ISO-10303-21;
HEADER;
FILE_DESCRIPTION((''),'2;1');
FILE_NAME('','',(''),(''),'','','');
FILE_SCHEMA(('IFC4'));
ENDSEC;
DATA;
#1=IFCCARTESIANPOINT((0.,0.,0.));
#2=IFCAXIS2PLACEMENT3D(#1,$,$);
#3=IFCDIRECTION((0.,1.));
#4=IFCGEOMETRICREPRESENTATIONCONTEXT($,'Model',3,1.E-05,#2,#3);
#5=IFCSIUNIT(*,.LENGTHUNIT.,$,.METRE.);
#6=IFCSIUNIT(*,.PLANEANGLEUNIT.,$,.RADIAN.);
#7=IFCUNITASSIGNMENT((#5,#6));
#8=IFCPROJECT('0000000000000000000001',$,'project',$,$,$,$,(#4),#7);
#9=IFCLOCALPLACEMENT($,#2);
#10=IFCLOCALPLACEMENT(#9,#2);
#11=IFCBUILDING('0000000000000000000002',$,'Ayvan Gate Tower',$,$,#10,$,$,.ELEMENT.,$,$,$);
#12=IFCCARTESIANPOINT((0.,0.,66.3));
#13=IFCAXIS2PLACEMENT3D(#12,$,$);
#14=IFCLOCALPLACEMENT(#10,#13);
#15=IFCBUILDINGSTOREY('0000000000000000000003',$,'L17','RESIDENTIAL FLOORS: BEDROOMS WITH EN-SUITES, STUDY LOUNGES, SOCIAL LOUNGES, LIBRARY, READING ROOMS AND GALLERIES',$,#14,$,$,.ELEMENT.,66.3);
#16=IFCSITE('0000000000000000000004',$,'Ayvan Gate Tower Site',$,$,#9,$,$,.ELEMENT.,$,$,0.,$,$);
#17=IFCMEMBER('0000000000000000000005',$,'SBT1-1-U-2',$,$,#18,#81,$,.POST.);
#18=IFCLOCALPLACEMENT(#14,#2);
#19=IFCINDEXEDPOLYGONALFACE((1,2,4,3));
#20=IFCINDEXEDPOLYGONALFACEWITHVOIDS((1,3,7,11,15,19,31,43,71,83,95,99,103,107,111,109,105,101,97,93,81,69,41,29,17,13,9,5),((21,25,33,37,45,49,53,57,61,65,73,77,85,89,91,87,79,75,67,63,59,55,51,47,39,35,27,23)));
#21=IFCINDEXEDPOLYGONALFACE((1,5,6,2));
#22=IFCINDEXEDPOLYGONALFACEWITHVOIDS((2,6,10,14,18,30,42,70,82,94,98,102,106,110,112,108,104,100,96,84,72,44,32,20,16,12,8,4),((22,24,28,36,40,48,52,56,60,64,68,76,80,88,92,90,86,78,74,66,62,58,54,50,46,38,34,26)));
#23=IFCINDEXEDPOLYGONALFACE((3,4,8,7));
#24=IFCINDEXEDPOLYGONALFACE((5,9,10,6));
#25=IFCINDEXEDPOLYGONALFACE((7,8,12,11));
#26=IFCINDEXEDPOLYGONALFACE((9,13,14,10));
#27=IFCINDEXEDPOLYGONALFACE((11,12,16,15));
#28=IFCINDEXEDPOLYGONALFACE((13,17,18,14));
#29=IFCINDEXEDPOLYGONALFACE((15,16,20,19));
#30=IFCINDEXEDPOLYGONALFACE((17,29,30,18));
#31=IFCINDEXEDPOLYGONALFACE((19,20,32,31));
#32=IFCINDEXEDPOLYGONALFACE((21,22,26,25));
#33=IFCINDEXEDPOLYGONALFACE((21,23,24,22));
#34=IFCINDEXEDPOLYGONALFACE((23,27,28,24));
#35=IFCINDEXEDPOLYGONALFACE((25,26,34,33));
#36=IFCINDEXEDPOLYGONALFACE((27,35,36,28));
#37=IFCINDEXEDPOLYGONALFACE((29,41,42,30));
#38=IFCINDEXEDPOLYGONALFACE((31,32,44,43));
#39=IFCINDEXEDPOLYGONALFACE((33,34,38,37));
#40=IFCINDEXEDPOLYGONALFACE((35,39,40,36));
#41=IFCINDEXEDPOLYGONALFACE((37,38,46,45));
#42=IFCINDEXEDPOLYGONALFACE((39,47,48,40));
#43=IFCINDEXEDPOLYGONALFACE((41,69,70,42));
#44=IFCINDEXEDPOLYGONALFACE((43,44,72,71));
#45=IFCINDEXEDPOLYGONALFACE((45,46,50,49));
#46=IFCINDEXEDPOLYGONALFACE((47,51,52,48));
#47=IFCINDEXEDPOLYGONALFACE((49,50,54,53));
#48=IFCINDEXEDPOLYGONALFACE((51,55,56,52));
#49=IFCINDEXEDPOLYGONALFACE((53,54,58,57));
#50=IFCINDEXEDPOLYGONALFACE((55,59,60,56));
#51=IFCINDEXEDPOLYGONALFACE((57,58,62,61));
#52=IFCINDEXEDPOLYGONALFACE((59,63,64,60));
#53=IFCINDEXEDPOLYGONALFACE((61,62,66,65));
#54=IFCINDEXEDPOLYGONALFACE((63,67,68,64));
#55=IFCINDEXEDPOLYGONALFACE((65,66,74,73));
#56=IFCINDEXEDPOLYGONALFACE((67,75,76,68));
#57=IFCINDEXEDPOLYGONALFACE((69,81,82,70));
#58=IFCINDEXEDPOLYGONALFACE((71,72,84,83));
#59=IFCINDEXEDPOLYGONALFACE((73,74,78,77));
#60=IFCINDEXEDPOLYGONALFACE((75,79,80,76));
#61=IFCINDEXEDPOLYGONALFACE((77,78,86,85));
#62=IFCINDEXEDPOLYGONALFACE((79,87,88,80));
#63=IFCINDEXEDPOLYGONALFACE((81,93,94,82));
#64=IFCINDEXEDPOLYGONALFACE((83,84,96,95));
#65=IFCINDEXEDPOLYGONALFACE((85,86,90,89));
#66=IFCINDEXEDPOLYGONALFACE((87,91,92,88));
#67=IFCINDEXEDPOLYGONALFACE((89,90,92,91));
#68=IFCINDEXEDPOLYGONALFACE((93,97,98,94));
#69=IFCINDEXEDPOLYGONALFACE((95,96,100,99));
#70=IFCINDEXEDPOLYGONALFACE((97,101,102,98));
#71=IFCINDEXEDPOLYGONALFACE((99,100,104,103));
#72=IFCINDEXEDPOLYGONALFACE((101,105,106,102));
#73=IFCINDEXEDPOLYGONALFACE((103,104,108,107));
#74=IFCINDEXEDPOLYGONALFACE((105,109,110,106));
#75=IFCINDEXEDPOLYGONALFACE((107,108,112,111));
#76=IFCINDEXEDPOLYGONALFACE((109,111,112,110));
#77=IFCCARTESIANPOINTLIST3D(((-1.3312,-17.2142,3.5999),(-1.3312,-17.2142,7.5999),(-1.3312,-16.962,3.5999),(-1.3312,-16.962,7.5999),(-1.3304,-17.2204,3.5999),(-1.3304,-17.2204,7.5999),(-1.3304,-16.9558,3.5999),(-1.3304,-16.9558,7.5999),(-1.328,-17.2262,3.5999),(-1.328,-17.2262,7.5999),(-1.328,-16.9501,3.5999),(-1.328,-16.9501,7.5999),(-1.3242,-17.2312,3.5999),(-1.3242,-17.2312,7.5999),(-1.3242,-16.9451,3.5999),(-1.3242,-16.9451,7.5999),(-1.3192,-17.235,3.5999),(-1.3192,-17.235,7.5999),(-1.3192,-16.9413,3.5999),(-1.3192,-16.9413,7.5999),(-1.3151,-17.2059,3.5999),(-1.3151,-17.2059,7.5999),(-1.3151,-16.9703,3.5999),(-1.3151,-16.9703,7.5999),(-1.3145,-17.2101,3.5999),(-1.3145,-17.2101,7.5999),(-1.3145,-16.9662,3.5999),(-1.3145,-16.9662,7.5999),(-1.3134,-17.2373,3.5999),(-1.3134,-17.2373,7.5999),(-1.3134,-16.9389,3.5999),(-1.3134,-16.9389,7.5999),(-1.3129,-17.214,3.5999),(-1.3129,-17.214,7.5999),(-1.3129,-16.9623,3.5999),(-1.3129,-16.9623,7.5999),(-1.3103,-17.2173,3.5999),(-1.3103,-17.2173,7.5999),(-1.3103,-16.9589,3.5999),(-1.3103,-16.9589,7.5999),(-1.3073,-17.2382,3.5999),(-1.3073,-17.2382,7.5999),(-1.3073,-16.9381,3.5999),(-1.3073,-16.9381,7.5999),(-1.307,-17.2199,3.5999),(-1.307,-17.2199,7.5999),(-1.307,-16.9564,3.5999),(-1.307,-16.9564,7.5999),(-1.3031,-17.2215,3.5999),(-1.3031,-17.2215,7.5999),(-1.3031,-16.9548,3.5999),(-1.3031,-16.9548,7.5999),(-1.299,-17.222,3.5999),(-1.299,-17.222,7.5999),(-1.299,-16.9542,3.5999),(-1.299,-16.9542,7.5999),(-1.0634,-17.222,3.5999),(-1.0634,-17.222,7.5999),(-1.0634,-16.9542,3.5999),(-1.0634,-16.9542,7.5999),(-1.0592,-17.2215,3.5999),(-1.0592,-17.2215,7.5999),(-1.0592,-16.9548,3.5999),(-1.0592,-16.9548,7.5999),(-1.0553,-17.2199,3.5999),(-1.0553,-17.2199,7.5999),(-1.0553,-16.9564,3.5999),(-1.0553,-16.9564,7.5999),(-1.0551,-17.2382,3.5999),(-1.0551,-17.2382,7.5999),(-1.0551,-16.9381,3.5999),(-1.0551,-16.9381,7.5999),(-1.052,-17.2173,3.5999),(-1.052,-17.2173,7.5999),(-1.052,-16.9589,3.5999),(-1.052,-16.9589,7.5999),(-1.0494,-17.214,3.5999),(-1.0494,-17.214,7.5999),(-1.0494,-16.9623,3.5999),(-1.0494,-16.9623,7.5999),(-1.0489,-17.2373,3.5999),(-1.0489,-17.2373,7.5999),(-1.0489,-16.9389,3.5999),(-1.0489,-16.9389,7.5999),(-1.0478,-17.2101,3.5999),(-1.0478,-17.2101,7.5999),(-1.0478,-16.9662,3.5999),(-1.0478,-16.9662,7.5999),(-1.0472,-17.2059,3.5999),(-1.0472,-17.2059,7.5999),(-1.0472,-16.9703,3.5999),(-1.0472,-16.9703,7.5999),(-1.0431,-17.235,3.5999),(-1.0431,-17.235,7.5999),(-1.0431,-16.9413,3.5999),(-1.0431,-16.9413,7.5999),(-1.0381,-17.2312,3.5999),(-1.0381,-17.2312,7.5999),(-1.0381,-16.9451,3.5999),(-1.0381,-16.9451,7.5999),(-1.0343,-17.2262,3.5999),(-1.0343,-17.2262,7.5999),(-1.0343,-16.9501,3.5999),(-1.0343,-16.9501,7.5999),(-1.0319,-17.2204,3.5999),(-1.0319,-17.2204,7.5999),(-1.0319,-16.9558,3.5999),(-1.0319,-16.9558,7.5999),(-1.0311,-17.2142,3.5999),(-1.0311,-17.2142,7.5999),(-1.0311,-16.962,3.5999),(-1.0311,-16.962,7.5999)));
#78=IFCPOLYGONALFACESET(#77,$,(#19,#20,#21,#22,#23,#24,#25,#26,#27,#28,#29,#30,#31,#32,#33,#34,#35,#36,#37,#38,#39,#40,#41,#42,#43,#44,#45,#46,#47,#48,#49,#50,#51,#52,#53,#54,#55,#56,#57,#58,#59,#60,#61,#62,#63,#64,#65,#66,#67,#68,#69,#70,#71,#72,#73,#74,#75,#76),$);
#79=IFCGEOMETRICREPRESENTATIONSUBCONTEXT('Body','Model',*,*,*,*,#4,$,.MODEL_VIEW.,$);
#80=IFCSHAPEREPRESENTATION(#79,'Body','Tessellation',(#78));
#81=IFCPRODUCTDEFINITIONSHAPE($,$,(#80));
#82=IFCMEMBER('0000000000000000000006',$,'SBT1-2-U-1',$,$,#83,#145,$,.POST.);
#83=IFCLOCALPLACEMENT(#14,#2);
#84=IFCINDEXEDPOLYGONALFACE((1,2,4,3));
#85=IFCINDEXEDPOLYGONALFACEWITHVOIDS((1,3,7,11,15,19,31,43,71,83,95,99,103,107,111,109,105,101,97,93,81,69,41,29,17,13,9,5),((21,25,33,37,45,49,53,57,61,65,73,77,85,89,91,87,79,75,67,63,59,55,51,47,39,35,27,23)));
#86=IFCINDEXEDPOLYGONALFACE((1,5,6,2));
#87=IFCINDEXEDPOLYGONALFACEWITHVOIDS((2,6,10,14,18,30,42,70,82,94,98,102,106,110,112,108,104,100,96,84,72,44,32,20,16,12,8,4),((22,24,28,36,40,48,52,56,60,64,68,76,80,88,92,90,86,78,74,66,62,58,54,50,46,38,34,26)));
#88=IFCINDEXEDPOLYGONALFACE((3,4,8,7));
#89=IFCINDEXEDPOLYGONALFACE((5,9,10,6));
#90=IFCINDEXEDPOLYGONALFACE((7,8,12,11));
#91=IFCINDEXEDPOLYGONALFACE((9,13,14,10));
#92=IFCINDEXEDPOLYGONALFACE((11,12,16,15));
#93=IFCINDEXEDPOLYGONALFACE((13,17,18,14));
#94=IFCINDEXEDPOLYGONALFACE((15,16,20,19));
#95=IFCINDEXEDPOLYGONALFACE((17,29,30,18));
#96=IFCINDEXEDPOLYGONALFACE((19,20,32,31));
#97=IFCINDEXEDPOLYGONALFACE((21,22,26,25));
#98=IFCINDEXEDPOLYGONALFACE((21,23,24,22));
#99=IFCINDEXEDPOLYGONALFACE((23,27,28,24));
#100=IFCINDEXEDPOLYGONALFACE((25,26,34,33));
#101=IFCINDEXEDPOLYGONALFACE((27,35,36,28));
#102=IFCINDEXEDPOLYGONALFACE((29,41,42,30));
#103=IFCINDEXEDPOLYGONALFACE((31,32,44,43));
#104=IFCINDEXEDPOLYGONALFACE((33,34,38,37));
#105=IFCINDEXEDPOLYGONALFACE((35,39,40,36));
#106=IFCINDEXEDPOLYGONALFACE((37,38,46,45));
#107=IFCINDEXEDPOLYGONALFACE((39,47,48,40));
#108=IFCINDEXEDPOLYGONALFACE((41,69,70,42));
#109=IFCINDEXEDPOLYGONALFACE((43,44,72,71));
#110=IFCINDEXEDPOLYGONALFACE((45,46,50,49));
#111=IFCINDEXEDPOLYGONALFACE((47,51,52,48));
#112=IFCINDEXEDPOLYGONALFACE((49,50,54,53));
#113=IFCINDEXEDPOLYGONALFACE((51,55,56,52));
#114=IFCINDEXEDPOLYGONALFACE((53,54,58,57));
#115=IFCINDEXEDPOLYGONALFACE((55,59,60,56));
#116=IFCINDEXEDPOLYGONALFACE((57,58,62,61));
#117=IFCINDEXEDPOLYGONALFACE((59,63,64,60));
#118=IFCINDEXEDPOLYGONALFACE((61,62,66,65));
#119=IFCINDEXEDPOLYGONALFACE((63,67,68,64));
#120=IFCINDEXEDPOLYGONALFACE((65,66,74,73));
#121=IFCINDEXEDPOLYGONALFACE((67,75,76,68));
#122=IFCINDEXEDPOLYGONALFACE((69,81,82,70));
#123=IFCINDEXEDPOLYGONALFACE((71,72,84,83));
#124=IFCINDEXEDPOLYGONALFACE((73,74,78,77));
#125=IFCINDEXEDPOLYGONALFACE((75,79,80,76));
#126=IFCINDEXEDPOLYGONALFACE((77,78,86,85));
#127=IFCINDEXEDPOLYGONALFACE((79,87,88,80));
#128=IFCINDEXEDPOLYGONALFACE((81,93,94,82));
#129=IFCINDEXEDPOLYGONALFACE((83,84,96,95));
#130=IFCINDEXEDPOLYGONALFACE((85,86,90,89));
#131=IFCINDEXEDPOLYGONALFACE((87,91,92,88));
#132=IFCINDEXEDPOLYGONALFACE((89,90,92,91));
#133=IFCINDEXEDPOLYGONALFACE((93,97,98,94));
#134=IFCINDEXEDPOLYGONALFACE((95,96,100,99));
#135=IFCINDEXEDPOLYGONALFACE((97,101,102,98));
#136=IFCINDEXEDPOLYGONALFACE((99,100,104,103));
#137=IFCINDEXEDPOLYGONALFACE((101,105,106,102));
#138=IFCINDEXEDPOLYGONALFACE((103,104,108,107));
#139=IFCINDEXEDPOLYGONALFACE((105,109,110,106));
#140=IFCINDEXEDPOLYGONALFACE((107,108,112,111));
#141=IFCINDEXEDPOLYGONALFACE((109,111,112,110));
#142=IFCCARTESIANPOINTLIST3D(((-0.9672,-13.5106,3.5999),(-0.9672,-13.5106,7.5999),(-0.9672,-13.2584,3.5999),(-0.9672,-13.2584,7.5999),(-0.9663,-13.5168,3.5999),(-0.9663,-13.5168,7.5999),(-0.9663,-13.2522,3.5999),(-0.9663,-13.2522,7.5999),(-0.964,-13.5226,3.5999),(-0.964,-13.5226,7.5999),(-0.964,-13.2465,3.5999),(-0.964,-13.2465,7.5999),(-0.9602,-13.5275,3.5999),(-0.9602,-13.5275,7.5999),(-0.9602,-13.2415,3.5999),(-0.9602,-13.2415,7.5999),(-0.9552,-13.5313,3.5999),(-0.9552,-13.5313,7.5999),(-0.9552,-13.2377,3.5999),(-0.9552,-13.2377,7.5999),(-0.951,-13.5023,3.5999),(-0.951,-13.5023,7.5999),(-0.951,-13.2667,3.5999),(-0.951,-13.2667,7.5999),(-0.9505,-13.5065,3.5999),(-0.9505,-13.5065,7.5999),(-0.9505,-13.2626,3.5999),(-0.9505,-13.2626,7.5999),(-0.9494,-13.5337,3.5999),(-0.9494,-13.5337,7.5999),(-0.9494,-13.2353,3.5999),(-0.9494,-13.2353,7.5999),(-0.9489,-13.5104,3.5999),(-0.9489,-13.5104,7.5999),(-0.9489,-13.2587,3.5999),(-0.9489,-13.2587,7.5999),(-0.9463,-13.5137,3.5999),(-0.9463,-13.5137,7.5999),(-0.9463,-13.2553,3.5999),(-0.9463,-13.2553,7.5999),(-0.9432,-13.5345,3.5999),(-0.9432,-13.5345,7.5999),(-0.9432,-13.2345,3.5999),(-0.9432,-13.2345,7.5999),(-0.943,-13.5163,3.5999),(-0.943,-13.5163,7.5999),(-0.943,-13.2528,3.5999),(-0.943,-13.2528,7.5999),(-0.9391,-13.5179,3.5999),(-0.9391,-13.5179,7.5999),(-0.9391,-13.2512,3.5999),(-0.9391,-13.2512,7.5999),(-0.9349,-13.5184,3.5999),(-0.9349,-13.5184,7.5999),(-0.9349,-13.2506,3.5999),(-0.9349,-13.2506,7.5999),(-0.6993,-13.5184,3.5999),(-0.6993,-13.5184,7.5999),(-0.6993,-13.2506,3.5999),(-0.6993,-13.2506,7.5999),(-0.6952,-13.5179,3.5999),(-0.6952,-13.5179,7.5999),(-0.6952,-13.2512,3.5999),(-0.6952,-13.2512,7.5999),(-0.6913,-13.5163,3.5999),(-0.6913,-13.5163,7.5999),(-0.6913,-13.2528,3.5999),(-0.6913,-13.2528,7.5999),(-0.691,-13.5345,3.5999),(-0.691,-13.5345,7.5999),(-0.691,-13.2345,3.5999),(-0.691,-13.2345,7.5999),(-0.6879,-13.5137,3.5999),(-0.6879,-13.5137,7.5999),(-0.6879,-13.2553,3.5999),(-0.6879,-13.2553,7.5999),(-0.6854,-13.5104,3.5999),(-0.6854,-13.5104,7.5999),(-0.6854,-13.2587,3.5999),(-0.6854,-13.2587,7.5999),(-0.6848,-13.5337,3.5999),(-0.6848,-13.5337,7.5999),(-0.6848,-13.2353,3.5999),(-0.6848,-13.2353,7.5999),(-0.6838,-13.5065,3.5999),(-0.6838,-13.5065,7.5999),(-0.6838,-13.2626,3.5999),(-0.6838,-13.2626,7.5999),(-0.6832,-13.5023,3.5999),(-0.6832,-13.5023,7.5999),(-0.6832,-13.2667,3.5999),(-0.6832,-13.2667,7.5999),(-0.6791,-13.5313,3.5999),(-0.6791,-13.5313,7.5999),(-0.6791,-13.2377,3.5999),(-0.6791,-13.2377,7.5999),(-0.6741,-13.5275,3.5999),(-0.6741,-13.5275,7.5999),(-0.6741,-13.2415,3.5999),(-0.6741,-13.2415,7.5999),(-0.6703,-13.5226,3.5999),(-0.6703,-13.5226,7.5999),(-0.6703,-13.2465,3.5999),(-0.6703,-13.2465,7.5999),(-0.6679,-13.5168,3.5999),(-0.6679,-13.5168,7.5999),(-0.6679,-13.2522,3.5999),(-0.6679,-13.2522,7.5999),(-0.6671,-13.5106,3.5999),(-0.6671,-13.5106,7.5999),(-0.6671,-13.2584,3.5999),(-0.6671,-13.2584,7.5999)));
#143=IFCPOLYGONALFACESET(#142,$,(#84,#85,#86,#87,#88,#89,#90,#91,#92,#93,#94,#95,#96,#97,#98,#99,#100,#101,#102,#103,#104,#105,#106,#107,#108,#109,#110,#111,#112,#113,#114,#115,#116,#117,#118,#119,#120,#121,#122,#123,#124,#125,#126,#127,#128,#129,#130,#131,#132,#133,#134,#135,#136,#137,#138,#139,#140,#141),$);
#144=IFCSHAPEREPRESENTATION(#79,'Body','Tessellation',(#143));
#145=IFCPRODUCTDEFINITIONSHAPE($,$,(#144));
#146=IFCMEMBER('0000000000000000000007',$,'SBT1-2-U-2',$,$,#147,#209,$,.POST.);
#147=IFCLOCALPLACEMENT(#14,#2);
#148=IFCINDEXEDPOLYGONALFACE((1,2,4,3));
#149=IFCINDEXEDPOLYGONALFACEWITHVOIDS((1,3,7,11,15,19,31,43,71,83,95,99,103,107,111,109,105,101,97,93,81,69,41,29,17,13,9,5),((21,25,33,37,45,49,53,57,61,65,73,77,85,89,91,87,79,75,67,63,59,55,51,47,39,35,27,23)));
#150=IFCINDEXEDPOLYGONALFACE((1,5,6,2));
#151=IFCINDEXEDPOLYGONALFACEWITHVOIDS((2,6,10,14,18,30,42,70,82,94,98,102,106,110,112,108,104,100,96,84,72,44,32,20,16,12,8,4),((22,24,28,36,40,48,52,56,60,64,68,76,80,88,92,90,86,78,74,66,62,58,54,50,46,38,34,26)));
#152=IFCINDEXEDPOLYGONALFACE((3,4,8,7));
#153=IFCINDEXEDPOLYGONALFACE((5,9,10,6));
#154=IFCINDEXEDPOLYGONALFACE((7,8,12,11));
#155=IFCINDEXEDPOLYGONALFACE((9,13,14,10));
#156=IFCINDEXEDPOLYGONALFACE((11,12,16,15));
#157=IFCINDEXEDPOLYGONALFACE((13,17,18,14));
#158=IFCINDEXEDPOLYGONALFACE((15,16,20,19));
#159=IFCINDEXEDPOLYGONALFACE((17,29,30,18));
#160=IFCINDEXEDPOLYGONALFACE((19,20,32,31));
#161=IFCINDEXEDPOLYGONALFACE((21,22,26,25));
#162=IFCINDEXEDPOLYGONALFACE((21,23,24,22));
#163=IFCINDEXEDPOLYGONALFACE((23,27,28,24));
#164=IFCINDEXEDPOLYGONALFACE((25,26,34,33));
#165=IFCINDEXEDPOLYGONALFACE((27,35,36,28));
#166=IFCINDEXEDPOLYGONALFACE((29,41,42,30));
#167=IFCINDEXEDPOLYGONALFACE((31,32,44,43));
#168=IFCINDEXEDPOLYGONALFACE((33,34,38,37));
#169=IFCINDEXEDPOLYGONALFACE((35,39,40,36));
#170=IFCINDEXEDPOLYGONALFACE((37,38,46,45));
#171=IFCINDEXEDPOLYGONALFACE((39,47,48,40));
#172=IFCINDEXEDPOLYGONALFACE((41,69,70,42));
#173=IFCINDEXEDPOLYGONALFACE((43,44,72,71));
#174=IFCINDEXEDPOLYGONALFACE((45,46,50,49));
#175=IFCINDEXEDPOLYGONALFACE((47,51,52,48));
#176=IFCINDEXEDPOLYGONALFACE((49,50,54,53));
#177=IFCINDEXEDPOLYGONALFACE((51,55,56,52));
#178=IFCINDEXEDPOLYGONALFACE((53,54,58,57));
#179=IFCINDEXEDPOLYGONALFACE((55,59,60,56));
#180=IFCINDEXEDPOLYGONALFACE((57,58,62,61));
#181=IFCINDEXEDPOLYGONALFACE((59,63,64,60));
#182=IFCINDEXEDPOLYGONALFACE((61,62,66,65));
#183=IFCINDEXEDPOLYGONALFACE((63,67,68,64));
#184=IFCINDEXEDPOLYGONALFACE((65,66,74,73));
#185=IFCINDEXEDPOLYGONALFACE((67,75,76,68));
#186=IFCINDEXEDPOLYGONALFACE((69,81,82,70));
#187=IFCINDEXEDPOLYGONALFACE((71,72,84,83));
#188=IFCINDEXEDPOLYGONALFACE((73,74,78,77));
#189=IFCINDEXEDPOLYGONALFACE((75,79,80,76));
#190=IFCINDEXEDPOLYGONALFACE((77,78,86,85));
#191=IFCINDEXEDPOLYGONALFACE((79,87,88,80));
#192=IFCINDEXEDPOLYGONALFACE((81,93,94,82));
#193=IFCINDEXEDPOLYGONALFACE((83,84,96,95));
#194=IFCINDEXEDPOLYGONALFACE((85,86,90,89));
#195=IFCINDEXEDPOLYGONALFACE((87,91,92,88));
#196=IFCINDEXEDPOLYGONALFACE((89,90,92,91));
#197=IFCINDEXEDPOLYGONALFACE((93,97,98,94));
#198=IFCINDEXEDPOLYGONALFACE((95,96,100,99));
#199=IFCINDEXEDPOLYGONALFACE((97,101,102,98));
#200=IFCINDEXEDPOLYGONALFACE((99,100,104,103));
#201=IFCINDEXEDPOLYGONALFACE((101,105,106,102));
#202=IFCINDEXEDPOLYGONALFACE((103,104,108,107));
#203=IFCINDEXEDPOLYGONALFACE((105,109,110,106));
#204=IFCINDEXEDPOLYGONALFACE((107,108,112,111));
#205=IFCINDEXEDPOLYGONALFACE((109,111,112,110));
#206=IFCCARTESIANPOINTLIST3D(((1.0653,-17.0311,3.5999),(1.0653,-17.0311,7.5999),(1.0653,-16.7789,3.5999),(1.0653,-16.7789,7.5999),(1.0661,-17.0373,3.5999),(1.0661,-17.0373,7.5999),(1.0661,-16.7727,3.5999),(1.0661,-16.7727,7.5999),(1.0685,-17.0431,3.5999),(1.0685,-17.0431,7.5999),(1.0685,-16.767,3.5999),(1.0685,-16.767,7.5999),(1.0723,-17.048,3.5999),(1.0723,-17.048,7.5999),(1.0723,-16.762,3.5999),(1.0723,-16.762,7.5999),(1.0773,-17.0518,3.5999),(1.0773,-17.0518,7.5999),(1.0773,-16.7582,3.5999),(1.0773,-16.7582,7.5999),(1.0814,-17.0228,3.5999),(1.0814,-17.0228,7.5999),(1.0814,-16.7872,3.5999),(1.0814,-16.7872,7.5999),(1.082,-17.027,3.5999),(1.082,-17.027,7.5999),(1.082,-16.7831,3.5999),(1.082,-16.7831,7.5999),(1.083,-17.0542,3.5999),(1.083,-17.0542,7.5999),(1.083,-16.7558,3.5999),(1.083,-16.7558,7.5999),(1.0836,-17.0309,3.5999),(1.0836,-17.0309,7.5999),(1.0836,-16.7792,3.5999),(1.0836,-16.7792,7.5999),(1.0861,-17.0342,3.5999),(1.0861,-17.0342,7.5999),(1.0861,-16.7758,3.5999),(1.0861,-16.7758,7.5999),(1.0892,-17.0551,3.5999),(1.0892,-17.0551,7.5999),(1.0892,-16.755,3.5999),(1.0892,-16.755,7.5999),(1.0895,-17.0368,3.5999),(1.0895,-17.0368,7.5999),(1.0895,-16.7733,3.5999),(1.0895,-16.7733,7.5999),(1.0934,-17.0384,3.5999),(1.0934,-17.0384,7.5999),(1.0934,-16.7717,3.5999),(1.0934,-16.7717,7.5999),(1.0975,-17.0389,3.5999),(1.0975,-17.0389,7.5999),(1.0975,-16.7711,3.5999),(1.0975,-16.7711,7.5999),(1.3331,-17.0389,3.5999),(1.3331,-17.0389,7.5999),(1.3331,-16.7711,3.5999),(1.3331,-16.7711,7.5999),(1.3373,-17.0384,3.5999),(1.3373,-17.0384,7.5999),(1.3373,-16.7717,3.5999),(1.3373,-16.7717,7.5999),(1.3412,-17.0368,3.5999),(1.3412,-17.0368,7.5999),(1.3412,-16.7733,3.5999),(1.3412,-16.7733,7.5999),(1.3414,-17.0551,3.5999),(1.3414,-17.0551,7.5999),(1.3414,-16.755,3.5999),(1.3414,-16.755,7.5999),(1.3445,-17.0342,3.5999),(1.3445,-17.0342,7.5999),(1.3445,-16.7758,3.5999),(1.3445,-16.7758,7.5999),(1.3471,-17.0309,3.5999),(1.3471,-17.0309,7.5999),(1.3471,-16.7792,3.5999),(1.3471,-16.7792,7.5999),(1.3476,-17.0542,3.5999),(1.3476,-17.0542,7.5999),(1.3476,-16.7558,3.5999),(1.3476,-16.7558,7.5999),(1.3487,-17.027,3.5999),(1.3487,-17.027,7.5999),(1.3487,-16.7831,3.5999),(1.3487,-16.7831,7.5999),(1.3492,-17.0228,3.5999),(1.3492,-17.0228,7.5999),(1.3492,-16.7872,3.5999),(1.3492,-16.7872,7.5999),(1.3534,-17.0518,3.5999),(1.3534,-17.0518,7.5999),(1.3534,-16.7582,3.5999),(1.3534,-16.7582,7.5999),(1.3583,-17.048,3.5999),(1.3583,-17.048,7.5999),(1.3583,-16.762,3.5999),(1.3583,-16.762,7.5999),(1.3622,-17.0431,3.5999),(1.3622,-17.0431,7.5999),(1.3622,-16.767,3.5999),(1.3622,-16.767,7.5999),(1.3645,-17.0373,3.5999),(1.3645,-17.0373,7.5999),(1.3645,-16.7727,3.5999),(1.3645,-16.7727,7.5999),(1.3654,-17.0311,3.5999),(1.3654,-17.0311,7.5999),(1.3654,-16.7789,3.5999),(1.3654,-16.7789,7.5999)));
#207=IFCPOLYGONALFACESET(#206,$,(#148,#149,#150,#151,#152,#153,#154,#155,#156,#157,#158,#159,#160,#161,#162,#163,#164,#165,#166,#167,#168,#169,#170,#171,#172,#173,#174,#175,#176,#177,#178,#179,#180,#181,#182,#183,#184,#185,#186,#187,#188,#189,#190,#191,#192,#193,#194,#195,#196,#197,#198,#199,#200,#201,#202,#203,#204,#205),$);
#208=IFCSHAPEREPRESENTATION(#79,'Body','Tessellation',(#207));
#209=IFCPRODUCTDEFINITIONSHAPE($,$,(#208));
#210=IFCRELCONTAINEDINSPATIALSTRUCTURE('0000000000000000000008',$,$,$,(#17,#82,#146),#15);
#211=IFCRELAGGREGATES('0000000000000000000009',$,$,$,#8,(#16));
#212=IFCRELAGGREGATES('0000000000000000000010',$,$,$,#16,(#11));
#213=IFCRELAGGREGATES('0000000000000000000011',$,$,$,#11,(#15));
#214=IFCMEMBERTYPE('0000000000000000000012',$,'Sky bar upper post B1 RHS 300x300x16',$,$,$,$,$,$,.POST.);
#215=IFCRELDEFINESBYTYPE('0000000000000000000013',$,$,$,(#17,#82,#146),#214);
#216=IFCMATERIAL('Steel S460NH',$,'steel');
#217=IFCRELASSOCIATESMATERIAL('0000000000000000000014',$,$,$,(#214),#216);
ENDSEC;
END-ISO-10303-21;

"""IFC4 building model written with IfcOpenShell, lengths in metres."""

from ifc_helpers import new_model, si_unit, direction, frame, origin, origin_2d, place, context, subcontext, project, spatial, hollow_rectangle, extrude, material, material_profile, profile_set, type_object, element, save


model = new_model("IFC4")

# Units and contexts
model_context = context("Model", 3, precision=1e-05, world=origin(), true_north=direction((0.0, 1.0)))
body_context = subcontext(model_context, "Body", "Model", "MODEL_VIEW")
ifc_project = project(units=[si_unit("LENGTHUNIT", "METRE"), si_unit("PLANEANGLEUNIT", "RADIAN")], contexts=[model_context])

# Site, building, storey
site_placement = place(None, origin())
site = spatial("IfcSite", under=ifc_project, at=site_placement, Name="Ayvan Gate Tower Site", CompositionType="ELEMENT", RefElevation=0.0)
building_placement = place(site_placement, origin())
building = spatial("IfcBuilding", under=site, at=building_placement, Name="Ayvan Gate Tower", CompositionType="ELEMENT")
storey_placement = place(building_placement, frame((0.0, 0.0, 66.3)))
storey = spatial("IfcBuildingStorey", under=building, at=storey_placement, Name="L17", Description="RESIDENTIAL FLOORS: BEDROOMS WITH EN-SUITES, STUDY LOUNGES, SOCIAL LOUNGES, LIBRARY, READING ROOMS AND GALLERIES", CompositionType="ELEMENT", Elevation=66.3)

# Members
ifc_material_1 = material(Name="Steel S460NH", Category="steel")
ifc_material_profile_1 = material_profile(ifc_material_1, hollow_rectangle(XDim=0.3, YDim=0.3, WallThickness=0.0161, InnerFilletRadius=0.0161, OuterFilletRadius=0.0239, at=origin_2d()), Name="RHS 300x300x16")
ifc_profile_set_1 = profile_set([ifc_material_profile_1], Name="Steel S460NH")
member_type_1 = type_object("IfcMemberType", Name="Sky bar upper post B1 RHS 300x300x16", PredefinedType="POST", material=ifc_profile_set_1)
for number, where, z_axis, x_axis, name in (
    (1, (-1.1812, -17.0881, 3.5999), (0.0, 0.0, 1.0), (1.0, 0.0, 0.0), "SBT1-1-U-2"),
    (2, (-0.8171, -13.3845, 3.5999), (0.0, 0.0, 1.0), (1.0, 0.0, 0.0), "SBT1-2-U-1"),
    (3, (1.2153, -16.905, 3.5999), (0.0, 0.0, 1.0), (1.0, 0.0, 0.0), "SBT1-2-U-2"),
):
    element("IfcMember", number, at=place(storey_placement, frame(where, z_axis=z_axis, x_axis=x_axis)), inside=storey, type_object=member_type_1, Name=name, PredefinedType="POST", context=body_context, shape_type="SweptSolid", body=[
        extrude(hollow_rectangle(XDim=0.3, YDim=0.3, WallThickness=0.0161, InnerFilletRadius=0.0161, OuterFilletRadius=0.0239, at=origin_2d()), origin(), (0.0, 0.0, 1.0), 4.0),
    ])

save(model, "model.ifc")
